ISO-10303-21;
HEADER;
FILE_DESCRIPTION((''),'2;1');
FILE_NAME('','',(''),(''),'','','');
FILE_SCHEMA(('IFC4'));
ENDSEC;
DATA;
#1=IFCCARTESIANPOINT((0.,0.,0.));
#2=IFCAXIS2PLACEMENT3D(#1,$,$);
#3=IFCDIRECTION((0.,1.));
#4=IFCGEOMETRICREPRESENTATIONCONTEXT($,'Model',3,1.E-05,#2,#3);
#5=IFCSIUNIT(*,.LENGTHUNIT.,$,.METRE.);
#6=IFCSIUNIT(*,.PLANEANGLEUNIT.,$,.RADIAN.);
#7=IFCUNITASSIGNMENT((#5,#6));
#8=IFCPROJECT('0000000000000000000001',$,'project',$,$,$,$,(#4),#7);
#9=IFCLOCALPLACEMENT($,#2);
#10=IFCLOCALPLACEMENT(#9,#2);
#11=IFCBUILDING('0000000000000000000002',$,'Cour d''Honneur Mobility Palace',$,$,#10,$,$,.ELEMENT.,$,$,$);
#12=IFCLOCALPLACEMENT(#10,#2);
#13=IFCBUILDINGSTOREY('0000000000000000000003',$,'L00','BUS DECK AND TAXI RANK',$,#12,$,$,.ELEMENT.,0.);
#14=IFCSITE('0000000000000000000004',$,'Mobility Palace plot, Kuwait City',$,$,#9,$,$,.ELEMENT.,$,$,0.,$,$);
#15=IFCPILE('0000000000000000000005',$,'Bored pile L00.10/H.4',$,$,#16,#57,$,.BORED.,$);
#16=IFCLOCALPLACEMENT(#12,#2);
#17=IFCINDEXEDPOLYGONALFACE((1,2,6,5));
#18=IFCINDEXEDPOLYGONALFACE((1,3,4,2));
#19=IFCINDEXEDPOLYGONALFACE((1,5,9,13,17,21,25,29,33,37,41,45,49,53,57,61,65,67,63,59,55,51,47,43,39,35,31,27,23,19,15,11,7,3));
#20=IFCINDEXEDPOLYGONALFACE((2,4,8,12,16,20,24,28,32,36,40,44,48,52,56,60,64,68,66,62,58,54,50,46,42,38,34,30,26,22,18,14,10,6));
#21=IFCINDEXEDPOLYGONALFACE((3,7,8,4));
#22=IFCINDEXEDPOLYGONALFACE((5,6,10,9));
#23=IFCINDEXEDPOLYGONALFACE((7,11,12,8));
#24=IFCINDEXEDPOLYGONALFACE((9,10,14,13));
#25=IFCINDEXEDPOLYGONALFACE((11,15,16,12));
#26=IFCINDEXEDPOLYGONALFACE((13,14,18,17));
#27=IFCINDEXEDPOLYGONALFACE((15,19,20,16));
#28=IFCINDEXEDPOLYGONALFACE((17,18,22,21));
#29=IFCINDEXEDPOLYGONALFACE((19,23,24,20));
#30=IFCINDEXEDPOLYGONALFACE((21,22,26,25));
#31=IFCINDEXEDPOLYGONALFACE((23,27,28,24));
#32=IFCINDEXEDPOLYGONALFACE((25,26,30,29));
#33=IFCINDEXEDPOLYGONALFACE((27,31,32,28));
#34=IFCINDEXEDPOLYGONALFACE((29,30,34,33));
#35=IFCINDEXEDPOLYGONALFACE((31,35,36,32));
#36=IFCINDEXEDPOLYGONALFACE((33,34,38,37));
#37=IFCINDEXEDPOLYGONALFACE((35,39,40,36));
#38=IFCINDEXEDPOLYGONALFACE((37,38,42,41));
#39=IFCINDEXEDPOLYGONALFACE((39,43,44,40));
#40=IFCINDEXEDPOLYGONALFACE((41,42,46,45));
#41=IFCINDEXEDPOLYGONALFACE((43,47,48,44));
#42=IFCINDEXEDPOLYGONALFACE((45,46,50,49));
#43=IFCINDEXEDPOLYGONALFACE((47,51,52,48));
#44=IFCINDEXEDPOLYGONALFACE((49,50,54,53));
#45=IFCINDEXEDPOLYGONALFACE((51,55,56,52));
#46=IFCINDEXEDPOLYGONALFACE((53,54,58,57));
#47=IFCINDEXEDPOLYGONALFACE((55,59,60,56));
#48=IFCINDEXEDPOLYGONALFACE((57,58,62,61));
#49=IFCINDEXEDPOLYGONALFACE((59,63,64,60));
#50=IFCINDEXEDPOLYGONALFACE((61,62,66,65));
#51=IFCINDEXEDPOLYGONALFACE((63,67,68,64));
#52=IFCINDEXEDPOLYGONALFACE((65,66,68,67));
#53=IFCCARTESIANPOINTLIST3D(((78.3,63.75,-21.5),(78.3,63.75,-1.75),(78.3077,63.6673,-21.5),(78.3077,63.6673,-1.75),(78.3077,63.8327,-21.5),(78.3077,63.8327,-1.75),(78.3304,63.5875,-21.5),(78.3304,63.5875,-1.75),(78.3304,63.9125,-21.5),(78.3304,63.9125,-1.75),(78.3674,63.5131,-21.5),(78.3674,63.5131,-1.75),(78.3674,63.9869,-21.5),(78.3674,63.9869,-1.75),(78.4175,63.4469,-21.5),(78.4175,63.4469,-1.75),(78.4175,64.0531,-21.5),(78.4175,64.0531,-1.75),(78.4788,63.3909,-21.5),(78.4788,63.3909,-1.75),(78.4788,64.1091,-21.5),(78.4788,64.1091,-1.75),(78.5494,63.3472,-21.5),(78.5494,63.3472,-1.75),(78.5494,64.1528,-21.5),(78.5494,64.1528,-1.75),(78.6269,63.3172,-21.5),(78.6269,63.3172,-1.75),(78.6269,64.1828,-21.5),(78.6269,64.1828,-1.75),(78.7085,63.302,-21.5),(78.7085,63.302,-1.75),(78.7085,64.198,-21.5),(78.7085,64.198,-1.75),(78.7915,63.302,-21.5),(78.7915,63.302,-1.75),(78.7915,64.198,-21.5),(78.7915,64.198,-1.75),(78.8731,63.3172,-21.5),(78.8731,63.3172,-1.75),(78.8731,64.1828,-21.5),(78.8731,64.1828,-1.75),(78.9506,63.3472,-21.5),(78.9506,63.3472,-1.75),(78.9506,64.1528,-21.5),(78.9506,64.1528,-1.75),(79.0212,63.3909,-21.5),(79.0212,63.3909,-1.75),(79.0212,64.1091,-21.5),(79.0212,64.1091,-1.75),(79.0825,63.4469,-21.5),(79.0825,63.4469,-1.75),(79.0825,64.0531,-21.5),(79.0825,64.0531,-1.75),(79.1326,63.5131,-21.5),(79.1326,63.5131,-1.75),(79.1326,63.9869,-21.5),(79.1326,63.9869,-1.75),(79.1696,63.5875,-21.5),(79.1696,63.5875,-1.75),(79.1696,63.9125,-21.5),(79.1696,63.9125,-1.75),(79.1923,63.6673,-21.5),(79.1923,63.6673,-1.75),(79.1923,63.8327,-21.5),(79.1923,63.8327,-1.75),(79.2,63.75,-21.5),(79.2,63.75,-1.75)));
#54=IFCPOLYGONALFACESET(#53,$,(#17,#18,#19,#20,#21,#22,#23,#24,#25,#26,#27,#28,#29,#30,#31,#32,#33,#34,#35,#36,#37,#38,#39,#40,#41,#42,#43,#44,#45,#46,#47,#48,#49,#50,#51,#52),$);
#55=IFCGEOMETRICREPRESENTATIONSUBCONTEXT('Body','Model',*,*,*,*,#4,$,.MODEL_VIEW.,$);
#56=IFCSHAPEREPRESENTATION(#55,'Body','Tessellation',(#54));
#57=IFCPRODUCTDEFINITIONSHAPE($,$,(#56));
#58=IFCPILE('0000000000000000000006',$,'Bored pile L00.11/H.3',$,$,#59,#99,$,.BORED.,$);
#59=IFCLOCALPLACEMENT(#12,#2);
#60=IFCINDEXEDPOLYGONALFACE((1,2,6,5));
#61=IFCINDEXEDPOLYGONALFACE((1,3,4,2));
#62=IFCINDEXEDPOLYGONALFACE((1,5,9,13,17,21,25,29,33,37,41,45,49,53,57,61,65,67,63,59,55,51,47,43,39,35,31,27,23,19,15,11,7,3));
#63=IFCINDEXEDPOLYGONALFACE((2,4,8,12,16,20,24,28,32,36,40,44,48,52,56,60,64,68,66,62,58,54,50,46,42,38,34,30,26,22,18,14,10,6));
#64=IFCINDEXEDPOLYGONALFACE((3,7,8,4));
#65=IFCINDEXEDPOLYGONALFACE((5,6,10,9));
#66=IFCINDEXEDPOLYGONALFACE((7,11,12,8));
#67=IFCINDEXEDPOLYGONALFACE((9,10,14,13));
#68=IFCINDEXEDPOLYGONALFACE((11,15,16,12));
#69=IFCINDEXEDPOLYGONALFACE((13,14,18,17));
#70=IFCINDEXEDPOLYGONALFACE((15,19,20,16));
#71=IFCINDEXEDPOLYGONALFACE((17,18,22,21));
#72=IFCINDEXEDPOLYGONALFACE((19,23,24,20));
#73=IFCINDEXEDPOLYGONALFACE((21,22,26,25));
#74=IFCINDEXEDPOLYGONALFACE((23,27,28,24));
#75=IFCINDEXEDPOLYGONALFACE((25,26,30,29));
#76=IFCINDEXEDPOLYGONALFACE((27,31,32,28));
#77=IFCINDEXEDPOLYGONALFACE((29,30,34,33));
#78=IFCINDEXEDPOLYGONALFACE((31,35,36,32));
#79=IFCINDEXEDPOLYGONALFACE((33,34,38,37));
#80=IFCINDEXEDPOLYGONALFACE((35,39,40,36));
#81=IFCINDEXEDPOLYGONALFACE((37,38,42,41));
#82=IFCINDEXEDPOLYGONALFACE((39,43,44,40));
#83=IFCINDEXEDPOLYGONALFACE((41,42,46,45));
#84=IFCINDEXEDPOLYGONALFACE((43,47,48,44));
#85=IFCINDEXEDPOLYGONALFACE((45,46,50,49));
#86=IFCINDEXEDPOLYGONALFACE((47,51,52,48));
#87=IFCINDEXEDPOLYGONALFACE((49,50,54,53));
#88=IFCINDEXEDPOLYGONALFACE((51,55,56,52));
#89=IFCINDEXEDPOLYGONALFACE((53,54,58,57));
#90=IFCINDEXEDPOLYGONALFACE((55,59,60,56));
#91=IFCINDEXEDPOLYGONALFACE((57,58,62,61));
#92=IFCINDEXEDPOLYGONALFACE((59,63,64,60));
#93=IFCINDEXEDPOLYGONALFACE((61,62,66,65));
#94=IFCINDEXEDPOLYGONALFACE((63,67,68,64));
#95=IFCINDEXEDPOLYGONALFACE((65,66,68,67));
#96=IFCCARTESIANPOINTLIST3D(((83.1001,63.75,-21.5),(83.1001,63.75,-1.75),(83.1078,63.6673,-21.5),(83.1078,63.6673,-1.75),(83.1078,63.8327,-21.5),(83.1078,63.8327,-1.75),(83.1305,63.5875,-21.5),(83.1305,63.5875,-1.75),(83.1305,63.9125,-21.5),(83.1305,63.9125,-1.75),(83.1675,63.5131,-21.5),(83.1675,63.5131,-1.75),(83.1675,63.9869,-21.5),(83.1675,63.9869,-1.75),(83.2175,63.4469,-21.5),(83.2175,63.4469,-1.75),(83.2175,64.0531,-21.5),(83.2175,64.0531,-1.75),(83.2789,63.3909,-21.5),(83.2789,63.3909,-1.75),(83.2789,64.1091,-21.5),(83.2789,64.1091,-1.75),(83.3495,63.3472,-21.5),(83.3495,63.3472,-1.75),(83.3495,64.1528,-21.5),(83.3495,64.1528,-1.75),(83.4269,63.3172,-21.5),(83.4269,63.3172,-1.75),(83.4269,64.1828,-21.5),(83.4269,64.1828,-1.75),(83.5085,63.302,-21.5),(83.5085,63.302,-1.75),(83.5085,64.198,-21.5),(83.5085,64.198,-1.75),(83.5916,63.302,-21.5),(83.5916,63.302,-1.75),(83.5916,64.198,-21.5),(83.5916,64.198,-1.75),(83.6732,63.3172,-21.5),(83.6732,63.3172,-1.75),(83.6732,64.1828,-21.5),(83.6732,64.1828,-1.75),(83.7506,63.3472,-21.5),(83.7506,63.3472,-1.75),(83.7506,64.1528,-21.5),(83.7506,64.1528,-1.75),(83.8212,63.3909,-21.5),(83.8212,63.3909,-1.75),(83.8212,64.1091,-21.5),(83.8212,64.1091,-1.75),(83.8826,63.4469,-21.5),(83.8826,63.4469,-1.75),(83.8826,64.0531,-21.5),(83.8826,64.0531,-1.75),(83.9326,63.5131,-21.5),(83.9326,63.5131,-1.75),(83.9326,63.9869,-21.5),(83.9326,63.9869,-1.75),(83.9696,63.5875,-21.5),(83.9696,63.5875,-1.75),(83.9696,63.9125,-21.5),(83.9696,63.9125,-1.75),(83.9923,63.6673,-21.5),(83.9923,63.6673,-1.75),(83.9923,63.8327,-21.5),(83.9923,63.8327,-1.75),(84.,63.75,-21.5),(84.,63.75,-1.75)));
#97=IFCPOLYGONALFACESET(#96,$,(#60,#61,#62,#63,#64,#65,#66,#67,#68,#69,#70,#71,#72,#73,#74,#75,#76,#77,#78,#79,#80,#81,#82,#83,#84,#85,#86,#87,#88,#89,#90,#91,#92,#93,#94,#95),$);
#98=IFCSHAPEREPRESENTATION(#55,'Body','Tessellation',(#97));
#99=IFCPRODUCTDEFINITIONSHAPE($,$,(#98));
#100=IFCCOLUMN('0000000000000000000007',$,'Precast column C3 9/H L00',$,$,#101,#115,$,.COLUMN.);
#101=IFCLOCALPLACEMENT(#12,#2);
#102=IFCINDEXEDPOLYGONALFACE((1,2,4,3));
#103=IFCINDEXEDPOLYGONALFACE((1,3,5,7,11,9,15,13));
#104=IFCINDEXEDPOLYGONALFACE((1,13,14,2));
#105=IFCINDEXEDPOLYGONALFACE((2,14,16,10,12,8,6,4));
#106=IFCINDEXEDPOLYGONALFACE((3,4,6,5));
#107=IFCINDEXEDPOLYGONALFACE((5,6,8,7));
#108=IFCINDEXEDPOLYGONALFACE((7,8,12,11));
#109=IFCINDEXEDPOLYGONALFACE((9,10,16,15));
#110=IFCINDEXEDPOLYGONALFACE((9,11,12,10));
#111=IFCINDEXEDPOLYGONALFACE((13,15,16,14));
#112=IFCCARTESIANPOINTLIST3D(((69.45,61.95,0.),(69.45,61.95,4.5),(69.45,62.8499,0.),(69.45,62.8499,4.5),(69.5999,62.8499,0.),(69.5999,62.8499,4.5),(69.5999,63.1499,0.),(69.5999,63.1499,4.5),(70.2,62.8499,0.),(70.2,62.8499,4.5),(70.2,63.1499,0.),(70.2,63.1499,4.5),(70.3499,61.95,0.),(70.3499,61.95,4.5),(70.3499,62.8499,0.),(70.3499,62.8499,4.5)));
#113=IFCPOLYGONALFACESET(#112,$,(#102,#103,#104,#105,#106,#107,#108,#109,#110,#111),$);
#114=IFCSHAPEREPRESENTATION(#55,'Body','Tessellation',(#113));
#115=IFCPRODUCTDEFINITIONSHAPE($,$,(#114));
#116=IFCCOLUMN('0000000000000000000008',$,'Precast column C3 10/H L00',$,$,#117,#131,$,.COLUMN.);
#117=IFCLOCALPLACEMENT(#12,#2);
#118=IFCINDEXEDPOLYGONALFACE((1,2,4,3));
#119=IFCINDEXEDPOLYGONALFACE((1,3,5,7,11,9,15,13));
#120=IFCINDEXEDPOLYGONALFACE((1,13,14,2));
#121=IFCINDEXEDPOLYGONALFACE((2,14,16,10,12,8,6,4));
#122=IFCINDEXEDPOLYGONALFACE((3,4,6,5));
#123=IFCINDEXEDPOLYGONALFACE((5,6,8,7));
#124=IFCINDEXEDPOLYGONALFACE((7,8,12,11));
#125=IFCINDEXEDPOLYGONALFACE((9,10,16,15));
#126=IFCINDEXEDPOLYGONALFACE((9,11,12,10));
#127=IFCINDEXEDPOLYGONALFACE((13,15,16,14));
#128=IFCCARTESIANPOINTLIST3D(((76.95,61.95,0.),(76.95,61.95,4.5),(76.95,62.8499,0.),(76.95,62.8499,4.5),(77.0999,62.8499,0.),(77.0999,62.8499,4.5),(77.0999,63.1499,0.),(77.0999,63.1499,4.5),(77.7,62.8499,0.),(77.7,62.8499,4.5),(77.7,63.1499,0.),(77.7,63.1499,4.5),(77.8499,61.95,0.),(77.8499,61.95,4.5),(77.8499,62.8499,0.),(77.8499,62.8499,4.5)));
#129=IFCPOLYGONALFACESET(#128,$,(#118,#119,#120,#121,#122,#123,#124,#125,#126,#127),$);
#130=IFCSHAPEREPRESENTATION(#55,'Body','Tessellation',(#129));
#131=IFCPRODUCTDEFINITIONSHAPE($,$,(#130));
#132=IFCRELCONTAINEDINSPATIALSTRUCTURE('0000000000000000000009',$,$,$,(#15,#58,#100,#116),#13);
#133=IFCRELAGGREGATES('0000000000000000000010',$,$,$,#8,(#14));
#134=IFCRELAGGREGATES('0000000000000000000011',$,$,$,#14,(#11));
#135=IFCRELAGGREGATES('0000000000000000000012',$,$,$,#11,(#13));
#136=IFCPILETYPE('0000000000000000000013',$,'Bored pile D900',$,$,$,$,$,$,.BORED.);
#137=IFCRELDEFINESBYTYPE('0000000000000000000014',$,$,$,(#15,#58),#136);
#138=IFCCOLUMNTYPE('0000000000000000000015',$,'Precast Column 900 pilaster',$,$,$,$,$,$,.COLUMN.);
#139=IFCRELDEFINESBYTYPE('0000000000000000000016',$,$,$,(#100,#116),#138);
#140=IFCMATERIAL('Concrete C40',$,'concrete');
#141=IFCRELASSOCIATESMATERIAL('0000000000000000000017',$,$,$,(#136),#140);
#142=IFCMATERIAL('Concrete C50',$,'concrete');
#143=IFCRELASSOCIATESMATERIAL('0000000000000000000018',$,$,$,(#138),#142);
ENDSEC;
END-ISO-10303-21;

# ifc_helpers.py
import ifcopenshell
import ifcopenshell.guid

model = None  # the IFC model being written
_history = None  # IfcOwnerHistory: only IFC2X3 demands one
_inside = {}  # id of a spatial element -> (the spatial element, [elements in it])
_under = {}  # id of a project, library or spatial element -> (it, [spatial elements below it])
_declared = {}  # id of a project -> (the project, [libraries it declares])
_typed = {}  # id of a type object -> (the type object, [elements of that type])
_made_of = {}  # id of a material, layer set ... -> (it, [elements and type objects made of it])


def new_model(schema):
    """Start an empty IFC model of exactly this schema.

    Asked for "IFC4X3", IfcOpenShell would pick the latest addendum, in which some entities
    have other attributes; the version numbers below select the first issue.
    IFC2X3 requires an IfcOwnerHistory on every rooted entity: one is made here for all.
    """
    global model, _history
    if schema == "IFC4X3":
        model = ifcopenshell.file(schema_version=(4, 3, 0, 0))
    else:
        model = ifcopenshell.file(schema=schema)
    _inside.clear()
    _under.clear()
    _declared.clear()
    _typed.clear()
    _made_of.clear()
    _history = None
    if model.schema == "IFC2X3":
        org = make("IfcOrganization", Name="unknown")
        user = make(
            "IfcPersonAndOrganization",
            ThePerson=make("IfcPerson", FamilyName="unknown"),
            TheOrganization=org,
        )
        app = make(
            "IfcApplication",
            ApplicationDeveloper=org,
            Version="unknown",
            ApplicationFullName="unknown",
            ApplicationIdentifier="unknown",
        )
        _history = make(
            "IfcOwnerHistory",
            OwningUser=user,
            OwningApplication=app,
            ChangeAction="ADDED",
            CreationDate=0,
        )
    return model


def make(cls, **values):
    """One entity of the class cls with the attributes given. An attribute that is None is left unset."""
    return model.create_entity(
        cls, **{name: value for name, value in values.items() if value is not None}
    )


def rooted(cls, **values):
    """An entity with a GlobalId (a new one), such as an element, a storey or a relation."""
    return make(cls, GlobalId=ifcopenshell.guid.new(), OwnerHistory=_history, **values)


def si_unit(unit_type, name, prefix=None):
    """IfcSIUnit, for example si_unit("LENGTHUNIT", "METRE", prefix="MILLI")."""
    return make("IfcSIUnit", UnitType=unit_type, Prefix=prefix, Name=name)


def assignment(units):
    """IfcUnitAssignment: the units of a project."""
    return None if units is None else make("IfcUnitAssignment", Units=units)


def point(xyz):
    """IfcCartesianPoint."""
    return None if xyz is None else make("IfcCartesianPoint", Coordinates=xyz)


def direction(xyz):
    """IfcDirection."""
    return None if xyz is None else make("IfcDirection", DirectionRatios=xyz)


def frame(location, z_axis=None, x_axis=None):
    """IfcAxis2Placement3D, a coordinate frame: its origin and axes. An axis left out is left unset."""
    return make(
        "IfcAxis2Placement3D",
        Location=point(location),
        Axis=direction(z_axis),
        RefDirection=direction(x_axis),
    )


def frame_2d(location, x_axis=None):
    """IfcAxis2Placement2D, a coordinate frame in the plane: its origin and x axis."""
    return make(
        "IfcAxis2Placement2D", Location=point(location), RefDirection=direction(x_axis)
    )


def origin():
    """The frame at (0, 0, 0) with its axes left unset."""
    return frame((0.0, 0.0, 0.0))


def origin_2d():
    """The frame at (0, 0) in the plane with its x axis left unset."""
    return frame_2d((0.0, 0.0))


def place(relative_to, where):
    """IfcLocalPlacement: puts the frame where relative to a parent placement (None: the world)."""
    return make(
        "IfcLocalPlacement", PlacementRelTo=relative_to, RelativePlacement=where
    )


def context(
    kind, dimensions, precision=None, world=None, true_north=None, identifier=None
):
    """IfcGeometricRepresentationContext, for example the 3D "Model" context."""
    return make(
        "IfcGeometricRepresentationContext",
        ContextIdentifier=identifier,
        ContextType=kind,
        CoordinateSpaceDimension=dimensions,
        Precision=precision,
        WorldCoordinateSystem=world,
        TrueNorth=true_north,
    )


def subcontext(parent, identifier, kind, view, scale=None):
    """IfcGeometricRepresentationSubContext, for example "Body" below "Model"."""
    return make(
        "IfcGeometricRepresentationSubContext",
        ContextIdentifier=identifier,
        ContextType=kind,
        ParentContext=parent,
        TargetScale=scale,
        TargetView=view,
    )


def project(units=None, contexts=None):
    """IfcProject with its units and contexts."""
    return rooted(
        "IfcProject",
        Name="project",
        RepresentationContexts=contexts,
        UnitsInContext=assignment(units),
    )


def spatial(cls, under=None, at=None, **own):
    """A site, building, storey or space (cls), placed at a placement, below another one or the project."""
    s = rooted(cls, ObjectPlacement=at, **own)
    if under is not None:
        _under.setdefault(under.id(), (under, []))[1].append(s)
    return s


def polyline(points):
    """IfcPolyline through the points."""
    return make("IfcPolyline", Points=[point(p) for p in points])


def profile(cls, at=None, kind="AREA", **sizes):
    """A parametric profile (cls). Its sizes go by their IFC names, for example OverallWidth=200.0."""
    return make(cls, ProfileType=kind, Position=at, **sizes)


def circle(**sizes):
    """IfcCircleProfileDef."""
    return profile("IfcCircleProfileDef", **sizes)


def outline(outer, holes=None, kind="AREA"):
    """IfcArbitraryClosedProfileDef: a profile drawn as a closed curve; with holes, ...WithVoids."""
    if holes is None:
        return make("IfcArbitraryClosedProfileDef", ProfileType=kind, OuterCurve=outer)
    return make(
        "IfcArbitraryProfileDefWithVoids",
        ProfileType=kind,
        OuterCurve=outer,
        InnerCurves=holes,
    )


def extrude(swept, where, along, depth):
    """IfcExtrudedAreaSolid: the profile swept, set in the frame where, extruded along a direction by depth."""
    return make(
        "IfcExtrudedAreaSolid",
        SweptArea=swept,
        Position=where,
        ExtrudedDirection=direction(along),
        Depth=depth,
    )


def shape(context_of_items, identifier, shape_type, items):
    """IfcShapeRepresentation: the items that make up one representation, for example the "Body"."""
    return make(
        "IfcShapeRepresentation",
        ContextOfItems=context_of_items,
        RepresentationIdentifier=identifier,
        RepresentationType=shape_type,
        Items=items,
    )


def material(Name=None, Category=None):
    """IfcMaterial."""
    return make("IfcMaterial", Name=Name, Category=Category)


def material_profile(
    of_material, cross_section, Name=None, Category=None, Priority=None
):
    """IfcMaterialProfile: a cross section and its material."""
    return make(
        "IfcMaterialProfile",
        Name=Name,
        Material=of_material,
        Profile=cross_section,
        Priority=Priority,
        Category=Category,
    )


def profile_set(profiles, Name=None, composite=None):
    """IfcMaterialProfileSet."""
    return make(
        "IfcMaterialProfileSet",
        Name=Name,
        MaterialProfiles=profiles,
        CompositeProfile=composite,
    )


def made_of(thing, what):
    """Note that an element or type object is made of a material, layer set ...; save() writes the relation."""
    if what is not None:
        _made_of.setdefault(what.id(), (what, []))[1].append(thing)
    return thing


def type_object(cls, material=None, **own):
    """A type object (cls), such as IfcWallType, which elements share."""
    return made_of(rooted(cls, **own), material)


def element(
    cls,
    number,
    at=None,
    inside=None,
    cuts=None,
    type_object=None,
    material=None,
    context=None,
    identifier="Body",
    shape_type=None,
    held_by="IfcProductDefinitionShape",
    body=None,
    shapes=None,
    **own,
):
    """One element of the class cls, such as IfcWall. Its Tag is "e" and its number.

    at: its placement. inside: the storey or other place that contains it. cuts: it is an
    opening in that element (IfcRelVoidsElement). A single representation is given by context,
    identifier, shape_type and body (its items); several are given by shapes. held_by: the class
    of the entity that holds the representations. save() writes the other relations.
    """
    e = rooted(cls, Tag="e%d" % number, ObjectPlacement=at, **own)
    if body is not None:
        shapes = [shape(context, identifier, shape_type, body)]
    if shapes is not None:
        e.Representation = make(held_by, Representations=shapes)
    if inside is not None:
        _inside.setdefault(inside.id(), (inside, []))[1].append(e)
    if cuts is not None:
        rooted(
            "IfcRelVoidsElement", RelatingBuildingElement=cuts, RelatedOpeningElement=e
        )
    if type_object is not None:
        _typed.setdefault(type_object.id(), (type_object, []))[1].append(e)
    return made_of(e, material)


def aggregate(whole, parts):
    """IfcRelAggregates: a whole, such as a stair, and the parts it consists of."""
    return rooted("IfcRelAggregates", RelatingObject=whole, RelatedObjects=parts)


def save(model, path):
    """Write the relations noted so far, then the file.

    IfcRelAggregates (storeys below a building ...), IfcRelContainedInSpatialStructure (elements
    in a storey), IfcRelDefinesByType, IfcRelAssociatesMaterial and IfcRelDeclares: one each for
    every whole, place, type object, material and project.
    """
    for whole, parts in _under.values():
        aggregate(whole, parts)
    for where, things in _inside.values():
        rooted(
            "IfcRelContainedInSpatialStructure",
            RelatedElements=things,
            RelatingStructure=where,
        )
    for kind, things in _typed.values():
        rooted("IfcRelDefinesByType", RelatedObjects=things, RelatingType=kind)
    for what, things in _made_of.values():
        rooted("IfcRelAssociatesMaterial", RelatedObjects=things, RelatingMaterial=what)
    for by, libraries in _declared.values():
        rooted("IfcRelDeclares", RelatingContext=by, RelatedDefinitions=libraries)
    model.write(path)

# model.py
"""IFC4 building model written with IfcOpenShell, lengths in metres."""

from ifc_helpers import new_model, si_unit, direction, frame, origin, origin_2d, place, context, subcontext, project, spatial, polyline, circle, outline, extrude, material, material_profile, profile_set, type_object, element, save


model = new_model("IFC4")

# Units and contexts
model_context = context("Model", 3, precision=1e-05, world=origin(), true_north=direction((0.0, 1.0)))
body_context = subcontext(model_context, "Body", "Model", "MODEL_VIEW")
ifc_project = project(units=[si_unit("LENGTHUNIT", "METRE"), si_unit("PLANEANGLEUNIT", "RADIAN")], contexts=[model_context])

# Site, building, storey
site_placement = place(None, origin())
site = spatial("IfcSite", under=ifc_project, at=site_placement, Name="Mobility Palace plot, Kuwait City", CompositionType="ELEMENT", RefElevation=0.0)
building_placement = place(site_placement, origin())
building = spatial("IfcBuilding", under=site, at=building_placement, Name="Cour d'Honneur Mobility Palace", CompositionType="ELEMENT")
storey_placement = place(building_placement, origin())
storey = spatial("IfcBuildingStorey", under=building, at=storey_placement, Name="L00", Description="BUS DECK AND TAXI RANK", CompositionType="ELEMENT", Elevation=0.0)

# Piles
ifc_material_1 = material(Name="Concrete C40", Category="concrete")
ifc_material_profile_1 = material_profile(ifc_material_1, circle(Radius=0.45, at=origin_2d()), Name="Bored pile D900")
ifc_profile_set_1 = profile_set([ifc_material_profile_1], Name="Concrete C40")
pile_type = type_object("IfcPileType", Name="Bored pile D900", PredefinedType="BORED", material=ifc_profile_set_1)
for number, where, z_axis, x_axis, name in (
    (1, (78.75, 63.75, -1.75), (0.0, 0.0, -1.0), (1.0, 0.0, 0.0), "Bored pile L00.10/H.4"),
    (2, (83.55, 63.75, -1.75), (0.0, 0.0, -1.0), (1.0, 0.0, 0.0), "Bored pile L00.11/H.3"),
):
    element("IfcPile", number, at=place(storey_placement, frame(where, z_axis=z_axis, x_axis=x_axis)), inside=storey, type_object=pile_type, Name=name, PredefinedType="BORED", context=body_context, shape_type="SweptSolid", body=[
        extrude(circle(Radius=0.45, at=origin_2d()), origin(), (0.0, 0.0, 1.0), 19.75),
    ])

# Columns
ifc_material_2 = material(Name="Concrete C50", Category="concrete")
ifc_material_profile_2 = material_profile(ifc_material_2, outline(polyline([(-0.45, -0.45), (0.45, -0.45), (0.45, -0.3), (0.75, -0.3), (0.75, 0.3), (0.45, 0.3), (0.45, 0.45), (-0.45, 0.45), (-0.45, -0.45)])), Name="PC C900 pilaster")
ifc_profile_set_2 = profile_set([ifc_material_profile_2], Name="Concrete C50")
column_type = type_object("IfcColumnType", Name="Precast Column 900 pilaster", PredefinedType="COLUMN", material=ifc_profile_set_2)
for number, where, z_axis, x_axis, name in (
    (3, (69.8999, 62.3999, 0.0), (0.0, 0.0, 1.0), (0.0, 1.0, 0.0), "Precast column C3 9/H L00"),
    (4, (77.3999, 62.3999, 0.0), (0.0, 0.0, 1.0), (0.0, 1.0, 0.0), "Precast column C3 10/H L00"),
):
    element("IfcColumn", number, at=place(storey_placement, frame(where, z_axis=z_axis, x_axis=x_axis)), inside=storey, type_object=column_type, Name=name, PredefinedType="COLUMN", context=body_context, shape_type="SweptSolid", body=[
        extrude(outline(polyline([(-0.45, -0.45), (0.45, -0.45), (0.45, -0.3), (0.75, -0.3), (0.75, 0.3), (0.45, 0.3), (0.45, 0.45), (-0.45, 0.45), (-0.45, -0.45)])), origin(), (0.0, 0.0, 1.0), 4.5),
    ])

save(model, "model.ifc")
